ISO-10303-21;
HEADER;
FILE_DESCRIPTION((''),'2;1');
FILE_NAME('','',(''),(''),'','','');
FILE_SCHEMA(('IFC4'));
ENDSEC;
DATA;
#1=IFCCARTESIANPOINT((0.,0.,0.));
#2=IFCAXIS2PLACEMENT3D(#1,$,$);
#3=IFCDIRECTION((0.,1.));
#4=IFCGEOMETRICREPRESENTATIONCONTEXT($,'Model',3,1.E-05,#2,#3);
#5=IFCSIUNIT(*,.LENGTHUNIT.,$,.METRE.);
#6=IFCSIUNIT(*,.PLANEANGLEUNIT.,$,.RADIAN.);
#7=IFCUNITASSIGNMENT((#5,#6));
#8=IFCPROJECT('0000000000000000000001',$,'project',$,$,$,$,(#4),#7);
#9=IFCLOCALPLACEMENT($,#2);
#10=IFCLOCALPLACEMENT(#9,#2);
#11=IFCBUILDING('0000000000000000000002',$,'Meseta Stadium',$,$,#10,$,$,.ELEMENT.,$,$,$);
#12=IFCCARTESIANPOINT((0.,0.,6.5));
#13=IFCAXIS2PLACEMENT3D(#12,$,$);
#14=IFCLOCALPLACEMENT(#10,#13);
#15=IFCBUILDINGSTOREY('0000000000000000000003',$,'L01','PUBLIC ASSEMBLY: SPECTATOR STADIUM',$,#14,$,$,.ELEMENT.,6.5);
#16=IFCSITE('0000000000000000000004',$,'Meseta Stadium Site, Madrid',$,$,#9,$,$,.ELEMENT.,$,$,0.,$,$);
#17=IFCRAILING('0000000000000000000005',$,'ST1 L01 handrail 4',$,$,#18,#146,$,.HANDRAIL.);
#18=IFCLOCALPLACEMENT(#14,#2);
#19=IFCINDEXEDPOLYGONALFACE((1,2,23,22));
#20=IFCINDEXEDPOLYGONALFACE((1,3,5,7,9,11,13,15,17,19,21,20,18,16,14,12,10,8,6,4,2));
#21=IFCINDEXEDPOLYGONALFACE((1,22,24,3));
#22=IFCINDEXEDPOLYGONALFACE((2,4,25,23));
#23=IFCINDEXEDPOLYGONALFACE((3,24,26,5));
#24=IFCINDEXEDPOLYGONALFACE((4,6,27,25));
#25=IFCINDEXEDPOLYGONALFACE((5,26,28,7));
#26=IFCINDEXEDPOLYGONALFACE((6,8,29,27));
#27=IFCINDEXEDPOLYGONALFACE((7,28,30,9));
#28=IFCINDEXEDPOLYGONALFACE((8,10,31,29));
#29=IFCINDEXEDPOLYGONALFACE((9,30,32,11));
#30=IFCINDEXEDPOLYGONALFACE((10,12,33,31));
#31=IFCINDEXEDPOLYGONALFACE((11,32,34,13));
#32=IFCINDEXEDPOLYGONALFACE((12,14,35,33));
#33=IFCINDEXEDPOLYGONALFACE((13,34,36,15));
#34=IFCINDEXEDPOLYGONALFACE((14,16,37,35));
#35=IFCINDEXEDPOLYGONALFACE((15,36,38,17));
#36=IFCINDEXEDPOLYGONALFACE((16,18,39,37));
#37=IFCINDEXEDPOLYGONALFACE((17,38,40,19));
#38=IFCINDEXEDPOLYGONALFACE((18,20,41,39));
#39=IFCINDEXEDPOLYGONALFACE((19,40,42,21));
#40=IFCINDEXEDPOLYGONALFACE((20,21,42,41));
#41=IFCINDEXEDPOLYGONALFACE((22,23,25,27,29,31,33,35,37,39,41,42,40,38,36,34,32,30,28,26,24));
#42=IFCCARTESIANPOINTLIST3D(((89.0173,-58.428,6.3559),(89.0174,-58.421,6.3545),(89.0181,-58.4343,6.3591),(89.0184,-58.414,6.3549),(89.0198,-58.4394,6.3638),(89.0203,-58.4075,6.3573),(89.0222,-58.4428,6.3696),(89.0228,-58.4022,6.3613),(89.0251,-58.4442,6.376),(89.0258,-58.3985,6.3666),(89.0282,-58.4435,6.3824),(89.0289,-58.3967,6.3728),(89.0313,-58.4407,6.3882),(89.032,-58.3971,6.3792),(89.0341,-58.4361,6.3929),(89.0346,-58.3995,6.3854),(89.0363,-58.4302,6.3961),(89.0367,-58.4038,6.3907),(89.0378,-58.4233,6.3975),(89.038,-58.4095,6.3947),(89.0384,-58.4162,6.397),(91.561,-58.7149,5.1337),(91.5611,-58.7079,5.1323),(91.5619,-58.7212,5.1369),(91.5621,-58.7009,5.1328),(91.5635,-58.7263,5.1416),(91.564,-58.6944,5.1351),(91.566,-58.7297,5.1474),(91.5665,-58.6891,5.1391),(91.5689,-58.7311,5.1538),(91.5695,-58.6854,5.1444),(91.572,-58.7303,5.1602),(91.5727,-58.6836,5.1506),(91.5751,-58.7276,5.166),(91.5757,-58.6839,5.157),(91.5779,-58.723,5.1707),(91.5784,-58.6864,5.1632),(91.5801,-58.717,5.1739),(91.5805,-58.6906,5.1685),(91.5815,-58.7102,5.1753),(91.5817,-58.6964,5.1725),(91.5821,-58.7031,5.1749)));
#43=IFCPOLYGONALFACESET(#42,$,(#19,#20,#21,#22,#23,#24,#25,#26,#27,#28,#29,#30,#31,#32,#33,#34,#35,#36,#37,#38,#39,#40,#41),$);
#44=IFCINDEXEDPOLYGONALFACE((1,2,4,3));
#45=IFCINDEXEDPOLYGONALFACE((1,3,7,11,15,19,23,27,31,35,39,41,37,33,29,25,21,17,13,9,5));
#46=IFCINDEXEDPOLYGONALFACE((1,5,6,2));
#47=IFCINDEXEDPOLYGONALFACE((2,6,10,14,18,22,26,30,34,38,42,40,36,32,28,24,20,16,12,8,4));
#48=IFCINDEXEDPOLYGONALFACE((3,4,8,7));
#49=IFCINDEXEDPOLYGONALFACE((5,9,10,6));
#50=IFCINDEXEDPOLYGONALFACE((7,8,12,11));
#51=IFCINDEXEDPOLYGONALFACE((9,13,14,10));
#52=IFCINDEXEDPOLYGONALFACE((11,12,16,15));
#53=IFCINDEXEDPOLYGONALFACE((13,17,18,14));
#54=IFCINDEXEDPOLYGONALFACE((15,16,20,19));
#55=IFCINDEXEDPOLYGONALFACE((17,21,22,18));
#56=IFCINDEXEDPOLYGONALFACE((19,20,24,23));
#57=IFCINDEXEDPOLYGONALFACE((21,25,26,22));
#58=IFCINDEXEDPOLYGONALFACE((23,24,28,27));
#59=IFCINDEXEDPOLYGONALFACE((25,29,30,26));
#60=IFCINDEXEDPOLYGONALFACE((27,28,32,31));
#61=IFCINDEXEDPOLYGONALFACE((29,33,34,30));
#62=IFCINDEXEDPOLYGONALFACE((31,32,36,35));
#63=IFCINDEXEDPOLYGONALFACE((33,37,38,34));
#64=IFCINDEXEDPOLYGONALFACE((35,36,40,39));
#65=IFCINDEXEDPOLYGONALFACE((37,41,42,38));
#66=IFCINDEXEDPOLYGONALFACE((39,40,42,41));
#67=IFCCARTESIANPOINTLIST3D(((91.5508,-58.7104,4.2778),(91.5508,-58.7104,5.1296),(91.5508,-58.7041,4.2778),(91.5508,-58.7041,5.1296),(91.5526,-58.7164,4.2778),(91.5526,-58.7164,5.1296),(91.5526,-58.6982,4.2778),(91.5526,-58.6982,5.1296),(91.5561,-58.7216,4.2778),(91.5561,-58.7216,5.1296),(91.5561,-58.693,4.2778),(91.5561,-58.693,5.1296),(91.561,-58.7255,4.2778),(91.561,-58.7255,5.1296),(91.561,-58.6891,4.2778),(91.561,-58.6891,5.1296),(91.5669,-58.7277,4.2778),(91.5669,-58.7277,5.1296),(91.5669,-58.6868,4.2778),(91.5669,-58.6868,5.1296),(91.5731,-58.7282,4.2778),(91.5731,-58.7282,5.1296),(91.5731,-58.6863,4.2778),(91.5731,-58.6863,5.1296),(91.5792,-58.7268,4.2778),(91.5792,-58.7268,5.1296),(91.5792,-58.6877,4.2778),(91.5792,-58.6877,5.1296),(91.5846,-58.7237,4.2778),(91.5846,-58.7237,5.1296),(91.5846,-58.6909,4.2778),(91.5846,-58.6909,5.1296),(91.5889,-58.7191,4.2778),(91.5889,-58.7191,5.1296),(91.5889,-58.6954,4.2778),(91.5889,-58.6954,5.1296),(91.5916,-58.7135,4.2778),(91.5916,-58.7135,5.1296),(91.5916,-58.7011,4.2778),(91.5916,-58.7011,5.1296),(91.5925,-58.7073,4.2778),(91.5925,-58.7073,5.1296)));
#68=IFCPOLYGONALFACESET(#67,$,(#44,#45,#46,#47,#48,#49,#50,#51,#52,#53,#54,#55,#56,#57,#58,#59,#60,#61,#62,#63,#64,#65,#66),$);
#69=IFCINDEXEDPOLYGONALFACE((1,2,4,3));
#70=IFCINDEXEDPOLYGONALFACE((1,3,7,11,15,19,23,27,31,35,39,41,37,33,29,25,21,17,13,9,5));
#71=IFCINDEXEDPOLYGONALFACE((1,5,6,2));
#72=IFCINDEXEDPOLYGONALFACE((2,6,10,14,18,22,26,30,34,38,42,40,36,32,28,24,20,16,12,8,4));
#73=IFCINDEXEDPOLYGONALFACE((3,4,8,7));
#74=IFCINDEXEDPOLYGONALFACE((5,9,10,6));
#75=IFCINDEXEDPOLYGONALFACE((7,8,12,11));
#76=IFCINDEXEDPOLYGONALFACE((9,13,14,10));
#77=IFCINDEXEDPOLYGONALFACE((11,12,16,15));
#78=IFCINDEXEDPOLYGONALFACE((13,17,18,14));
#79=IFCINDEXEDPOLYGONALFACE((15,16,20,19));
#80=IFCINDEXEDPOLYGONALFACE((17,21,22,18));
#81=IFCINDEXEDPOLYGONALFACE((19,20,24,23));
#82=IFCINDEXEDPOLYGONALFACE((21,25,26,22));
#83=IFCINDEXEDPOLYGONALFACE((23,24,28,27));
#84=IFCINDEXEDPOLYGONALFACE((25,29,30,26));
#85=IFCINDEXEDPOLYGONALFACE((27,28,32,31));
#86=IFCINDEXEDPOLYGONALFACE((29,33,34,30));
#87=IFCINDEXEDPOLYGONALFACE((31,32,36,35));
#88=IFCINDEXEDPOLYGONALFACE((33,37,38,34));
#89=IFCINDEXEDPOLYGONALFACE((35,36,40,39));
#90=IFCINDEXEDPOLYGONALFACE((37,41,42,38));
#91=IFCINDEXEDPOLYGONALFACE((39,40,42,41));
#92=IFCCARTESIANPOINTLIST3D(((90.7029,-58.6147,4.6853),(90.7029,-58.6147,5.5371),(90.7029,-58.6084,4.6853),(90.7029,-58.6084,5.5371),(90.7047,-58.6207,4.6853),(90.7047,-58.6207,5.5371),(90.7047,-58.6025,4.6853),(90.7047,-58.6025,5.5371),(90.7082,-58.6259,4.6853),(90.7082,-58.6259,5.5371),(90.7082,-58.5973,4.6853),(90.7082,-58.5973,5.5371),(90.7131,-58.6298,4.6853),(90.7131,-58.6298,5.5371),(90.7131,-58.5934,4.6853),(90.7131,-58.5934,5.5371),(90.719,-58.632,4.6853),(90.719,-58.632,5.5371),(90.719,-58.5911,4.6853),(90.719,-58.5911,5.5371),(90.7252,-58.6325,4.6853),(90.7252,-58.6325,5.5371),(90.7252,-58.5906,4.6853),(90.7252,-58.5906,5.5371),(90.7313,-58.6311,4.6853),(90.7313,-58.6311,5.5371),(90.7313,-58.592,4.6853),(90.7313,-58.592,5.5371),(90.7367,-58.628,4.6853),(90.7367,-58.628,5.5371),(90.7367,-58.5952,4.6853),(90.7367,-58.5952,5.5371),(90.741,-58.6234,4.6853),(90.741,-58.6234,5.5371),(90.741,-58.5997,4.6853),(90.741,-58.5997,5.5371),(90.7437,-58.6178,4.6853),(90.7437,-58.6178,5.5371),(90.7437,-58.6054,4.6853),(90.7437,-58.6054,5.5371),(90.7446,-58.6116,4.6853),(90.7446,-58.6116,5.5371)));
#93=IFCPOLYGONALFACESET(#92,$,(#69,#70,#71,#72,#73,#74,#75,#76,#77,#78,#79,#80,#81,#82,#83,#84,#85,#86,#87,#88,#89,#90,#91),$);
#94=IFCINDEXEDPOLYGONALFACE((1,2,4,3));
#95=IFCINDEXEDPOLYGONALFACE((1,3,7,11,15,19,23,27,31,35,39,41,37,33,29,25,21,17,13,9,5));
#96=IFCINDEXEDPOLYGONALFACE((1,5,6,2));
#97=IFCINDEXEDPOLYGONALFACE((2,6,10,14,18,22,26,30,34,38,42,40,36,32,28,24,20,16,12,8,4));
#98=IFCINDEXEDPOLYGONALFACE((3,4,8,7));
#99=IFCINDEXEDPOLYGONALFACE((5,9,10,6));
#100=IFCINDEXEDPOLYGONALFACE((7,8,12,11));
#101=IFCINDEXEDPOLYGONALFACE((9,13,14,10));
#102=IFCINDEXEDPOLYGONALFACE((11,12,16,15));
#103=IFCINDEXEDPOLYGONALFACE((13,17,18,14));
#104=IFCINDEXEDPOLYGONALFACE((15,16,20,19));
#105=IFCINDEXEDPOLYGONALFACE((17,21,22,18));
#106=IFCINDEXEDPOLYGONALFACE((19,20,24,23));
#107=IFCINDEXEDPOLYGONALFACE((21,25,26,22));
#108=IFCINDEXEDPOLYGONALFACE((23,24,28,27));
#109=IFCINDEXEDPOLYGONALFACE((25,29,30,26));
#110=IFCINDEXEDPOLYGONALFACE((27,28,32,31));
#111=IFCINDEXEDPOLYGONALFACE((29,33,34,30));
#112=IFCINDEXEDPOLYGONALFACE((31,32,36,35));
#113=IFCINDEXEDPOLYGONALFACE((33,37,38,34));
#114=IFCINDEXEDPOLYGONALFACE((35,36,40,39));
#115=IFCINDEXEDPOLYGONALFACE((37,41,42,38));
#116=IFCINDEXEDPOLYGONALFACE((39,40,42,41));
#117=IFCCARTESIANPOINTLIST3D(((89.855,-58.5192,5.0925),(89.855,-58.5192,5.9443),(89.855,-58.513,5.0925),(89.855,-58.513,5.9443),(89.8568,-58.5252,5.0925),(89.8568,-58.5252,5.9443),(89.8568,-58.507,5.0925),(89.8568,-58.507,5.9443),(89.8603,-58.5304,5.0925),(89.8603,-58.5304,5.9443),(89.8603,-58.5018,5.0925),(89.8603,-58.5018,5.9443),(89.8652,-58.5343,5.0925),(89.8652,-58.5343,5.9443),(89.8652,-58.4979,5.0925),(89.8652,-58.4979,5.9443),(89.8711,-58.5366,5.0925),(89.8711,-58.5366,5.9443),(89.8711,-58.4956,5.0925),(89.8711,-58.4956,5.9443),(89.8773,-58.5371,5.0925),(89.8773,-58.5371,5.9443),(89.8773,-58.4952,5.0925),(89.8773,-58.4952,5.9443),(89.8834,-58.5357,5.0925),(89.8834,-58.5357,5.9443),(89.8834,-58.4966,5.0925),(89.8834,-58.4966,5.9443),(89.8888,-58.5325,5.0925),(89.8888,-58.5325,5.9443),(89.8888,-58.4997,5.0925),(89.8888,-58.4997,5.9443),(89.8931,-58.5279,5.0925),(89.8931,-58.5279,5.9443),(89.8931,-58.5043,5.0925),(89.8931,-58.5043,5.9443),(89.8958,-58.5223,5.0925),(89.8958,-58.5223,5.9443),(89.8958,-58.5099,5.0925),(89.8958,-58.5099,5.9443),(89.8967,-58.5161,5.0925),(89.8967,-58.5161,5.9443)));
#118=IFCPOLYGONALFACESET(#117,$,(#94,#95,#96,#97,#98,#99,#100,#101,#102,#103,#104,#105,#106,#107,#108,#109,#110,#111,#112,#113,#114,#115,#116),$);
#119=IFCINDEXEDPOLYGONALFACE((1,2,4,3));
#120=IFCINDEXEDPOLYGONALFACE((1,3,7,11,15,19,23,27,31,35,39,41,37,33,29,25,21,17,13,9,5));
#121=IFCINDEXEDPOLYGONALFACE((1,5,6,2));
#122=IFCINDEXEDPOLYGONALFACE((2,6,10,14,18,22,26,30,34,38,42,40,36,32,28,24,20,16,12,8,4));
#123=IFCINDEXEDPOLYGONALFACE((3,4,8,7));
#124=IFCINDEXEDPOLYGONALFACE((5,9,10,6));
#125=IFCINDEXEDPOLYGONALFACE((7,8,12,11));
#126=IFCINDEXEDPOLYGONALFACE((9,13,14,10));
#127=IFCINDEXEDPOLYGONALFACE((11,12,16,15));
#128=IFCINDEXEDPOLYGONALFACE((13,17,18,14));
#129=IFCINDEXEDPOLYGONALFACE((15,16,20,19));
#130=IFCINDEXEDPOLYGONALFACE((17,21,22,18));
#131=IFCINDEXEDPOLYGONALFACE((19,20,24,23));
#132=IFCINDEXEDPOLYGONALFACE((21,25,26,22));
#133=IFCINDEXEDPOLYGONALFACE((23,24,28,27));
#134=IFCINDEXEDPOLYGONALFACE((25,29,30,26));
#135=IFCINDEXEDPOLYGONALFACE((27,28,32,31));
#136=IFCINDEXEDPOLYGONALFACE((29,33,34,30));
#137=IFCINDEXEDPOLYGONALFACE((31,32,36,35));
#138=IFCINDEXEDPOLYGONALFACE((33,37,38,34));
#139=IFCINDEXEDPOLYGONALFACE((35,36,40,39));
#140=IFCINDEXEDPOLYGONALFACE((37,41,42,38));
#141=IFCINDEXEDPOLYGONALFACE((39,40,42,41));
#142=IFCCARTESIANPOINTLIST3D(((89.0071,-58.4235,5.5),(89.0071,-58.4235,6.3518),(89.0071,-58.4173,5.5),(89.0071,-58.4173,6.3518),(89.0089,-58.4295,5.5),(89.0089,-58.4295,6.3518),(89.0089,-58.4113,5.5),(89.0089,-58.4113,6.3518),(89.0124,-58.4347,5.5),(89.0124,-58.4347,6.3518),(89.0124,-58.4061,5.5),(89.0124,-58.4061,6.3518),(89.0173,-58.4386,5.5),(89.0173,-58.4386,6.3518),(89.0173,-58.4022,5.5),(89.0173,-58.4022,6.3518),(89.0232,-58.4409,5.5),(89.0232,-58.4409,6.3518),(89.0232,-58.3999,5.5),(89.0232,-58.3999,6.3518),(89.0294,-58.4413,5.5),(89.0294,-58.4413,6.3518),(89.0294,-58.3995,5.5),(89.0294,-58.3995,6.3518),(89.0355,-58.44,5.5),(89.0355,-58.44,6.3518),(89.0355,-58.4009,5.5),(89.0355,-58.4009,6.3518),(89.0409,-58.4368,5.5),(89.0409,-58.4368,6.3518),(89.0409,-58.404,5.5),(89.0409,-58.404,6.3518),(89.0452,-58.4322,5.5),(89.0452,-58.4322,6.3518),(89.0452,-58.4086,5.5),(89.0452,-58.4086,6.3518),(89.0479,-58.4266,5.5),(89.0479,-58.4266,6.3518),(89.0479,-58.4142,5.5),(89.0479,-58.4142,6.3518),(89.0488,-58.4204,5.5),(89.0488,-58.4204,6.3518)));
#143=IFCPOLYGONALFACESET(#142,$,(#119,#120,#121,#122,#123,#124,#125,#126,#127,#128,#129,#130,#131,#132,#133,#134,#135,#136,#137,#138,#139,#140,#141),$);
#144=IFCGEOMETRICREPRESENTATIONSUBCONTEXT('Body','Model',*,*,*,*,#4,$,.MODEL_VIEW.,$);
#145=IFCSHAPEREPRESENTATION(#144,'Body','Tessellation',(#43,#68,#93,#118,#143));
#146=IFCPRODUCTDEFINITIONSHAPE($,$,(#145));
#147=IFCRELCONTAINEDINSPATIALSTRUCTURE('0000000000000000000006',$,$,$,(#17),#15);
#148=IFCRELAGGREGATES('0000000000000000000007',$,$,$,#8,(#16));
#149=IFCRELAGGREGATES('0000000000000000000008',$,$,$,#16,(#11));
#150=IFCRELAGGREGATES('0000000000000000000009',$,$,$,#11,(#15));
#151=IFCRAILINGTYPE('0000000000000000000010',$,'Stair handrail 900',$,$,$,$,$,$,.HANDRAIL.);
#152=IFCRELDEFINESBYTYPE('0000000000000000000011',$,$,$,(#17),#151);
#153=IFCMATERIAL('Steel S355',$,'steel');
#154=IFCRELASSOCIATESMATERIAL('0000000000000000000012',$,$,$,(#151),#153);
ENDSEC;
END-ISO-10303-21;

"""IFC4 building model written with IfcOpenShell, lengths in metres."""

from ifc_helpers import new_model, si_unit, direction, frame, origin, origin_2d, place, context, subcontext, project, spatial, circle, extrude, material, type_object, element, save


model = new_model("IFC4")

# Units and contexts
model_context = context("Model", 3, precision=1e-05, world=origin(), true_north=direction((0.0, 1.0)))
body_context = subcontext(model_context, "Body", "Model", "MODEL_VIEW")
ifc_project = project(units=[si_unit("LENGTHUNIT", "METRE"), si_unit("PLANEANGLEUNIT", "RADIAN")], contexts=[model_context])

# Site, building, storey
site_placement = place(None, origin())
site = spatial("IfcSite", under=ifc_project, at=site_placement, Name="Meseta Stadium Site, Madrid", CompositionType="ELEMENT", RefElevation=0.0)
building_placement = place(site_placement, origin())
building = spatial("IfcBuilding", under=site, at=building_placement, Name="Meseta Stadium", CompositionType="ELEMENT")
storey_placement = place(building_placement, frame((0.0, 0.0, 6.5)))
storey = spatial("IfcBuildingStorey", under=building, at=storey_placement, Name="L01", Description="PUBLIC ASSEMBLY: SPECTATOR STADIUM", CompositionType="ELEMENT", Elevation=6.5)

# Railing
ifc_material_1 = material(Name="Steel S355", Category="steel")
railing_type_1 = type_object("IfcRailingType", Name="Stair handrail 900", PredefinedType="HANDRAIL", material=ifc_material_1)
for number, where, name in (
    (1, (91.5715, -58.7073, 4.2778), "ST1 L01 handrail 4"),
):
    element("IfcRailing", number, at=place(storey_placement, frame(where)), inside=storey, type_object=railing_type_1, Name=name, PredefinedType="HANDRAIL", context=body_context, shape_type="SweptSolid", body=[
        extrude(circle(Radius=0.0239, at=origin_2d()), frame((0.0, 0.0, 0.876), z_axis=(-0.896737, 0.101129, 0.430854), x_axis=(-0.112064, -0.993701, 0.0)), (0.0, 0.0, 1.0), 2.8367),
        extrude(circle(Radius=0.021, at=origin_2d()), origin(), (0.0, 0.0, 1.0), 0.8518),
        extrude(circle(Radius=0.021, at=origin_2d()), frame((-0.8479, 0.0957, 0.4075)), (0.0, 0.0, 1.0), 0.8518),
        extrude(circle(Radius=0.021, at=origin_2d()), frame((-1.6958, 0.1912, 0.8147)), (0.0, 0.0, 1.0), 0.8518),
        extrude(circle(Radius=0.021, at=origin_2d()), frame((-2.5437, 0.2869, 1.2222)), (0.0, 0.0, 1.0), 0.8518),
    ])

save(model, "model.ifc")
